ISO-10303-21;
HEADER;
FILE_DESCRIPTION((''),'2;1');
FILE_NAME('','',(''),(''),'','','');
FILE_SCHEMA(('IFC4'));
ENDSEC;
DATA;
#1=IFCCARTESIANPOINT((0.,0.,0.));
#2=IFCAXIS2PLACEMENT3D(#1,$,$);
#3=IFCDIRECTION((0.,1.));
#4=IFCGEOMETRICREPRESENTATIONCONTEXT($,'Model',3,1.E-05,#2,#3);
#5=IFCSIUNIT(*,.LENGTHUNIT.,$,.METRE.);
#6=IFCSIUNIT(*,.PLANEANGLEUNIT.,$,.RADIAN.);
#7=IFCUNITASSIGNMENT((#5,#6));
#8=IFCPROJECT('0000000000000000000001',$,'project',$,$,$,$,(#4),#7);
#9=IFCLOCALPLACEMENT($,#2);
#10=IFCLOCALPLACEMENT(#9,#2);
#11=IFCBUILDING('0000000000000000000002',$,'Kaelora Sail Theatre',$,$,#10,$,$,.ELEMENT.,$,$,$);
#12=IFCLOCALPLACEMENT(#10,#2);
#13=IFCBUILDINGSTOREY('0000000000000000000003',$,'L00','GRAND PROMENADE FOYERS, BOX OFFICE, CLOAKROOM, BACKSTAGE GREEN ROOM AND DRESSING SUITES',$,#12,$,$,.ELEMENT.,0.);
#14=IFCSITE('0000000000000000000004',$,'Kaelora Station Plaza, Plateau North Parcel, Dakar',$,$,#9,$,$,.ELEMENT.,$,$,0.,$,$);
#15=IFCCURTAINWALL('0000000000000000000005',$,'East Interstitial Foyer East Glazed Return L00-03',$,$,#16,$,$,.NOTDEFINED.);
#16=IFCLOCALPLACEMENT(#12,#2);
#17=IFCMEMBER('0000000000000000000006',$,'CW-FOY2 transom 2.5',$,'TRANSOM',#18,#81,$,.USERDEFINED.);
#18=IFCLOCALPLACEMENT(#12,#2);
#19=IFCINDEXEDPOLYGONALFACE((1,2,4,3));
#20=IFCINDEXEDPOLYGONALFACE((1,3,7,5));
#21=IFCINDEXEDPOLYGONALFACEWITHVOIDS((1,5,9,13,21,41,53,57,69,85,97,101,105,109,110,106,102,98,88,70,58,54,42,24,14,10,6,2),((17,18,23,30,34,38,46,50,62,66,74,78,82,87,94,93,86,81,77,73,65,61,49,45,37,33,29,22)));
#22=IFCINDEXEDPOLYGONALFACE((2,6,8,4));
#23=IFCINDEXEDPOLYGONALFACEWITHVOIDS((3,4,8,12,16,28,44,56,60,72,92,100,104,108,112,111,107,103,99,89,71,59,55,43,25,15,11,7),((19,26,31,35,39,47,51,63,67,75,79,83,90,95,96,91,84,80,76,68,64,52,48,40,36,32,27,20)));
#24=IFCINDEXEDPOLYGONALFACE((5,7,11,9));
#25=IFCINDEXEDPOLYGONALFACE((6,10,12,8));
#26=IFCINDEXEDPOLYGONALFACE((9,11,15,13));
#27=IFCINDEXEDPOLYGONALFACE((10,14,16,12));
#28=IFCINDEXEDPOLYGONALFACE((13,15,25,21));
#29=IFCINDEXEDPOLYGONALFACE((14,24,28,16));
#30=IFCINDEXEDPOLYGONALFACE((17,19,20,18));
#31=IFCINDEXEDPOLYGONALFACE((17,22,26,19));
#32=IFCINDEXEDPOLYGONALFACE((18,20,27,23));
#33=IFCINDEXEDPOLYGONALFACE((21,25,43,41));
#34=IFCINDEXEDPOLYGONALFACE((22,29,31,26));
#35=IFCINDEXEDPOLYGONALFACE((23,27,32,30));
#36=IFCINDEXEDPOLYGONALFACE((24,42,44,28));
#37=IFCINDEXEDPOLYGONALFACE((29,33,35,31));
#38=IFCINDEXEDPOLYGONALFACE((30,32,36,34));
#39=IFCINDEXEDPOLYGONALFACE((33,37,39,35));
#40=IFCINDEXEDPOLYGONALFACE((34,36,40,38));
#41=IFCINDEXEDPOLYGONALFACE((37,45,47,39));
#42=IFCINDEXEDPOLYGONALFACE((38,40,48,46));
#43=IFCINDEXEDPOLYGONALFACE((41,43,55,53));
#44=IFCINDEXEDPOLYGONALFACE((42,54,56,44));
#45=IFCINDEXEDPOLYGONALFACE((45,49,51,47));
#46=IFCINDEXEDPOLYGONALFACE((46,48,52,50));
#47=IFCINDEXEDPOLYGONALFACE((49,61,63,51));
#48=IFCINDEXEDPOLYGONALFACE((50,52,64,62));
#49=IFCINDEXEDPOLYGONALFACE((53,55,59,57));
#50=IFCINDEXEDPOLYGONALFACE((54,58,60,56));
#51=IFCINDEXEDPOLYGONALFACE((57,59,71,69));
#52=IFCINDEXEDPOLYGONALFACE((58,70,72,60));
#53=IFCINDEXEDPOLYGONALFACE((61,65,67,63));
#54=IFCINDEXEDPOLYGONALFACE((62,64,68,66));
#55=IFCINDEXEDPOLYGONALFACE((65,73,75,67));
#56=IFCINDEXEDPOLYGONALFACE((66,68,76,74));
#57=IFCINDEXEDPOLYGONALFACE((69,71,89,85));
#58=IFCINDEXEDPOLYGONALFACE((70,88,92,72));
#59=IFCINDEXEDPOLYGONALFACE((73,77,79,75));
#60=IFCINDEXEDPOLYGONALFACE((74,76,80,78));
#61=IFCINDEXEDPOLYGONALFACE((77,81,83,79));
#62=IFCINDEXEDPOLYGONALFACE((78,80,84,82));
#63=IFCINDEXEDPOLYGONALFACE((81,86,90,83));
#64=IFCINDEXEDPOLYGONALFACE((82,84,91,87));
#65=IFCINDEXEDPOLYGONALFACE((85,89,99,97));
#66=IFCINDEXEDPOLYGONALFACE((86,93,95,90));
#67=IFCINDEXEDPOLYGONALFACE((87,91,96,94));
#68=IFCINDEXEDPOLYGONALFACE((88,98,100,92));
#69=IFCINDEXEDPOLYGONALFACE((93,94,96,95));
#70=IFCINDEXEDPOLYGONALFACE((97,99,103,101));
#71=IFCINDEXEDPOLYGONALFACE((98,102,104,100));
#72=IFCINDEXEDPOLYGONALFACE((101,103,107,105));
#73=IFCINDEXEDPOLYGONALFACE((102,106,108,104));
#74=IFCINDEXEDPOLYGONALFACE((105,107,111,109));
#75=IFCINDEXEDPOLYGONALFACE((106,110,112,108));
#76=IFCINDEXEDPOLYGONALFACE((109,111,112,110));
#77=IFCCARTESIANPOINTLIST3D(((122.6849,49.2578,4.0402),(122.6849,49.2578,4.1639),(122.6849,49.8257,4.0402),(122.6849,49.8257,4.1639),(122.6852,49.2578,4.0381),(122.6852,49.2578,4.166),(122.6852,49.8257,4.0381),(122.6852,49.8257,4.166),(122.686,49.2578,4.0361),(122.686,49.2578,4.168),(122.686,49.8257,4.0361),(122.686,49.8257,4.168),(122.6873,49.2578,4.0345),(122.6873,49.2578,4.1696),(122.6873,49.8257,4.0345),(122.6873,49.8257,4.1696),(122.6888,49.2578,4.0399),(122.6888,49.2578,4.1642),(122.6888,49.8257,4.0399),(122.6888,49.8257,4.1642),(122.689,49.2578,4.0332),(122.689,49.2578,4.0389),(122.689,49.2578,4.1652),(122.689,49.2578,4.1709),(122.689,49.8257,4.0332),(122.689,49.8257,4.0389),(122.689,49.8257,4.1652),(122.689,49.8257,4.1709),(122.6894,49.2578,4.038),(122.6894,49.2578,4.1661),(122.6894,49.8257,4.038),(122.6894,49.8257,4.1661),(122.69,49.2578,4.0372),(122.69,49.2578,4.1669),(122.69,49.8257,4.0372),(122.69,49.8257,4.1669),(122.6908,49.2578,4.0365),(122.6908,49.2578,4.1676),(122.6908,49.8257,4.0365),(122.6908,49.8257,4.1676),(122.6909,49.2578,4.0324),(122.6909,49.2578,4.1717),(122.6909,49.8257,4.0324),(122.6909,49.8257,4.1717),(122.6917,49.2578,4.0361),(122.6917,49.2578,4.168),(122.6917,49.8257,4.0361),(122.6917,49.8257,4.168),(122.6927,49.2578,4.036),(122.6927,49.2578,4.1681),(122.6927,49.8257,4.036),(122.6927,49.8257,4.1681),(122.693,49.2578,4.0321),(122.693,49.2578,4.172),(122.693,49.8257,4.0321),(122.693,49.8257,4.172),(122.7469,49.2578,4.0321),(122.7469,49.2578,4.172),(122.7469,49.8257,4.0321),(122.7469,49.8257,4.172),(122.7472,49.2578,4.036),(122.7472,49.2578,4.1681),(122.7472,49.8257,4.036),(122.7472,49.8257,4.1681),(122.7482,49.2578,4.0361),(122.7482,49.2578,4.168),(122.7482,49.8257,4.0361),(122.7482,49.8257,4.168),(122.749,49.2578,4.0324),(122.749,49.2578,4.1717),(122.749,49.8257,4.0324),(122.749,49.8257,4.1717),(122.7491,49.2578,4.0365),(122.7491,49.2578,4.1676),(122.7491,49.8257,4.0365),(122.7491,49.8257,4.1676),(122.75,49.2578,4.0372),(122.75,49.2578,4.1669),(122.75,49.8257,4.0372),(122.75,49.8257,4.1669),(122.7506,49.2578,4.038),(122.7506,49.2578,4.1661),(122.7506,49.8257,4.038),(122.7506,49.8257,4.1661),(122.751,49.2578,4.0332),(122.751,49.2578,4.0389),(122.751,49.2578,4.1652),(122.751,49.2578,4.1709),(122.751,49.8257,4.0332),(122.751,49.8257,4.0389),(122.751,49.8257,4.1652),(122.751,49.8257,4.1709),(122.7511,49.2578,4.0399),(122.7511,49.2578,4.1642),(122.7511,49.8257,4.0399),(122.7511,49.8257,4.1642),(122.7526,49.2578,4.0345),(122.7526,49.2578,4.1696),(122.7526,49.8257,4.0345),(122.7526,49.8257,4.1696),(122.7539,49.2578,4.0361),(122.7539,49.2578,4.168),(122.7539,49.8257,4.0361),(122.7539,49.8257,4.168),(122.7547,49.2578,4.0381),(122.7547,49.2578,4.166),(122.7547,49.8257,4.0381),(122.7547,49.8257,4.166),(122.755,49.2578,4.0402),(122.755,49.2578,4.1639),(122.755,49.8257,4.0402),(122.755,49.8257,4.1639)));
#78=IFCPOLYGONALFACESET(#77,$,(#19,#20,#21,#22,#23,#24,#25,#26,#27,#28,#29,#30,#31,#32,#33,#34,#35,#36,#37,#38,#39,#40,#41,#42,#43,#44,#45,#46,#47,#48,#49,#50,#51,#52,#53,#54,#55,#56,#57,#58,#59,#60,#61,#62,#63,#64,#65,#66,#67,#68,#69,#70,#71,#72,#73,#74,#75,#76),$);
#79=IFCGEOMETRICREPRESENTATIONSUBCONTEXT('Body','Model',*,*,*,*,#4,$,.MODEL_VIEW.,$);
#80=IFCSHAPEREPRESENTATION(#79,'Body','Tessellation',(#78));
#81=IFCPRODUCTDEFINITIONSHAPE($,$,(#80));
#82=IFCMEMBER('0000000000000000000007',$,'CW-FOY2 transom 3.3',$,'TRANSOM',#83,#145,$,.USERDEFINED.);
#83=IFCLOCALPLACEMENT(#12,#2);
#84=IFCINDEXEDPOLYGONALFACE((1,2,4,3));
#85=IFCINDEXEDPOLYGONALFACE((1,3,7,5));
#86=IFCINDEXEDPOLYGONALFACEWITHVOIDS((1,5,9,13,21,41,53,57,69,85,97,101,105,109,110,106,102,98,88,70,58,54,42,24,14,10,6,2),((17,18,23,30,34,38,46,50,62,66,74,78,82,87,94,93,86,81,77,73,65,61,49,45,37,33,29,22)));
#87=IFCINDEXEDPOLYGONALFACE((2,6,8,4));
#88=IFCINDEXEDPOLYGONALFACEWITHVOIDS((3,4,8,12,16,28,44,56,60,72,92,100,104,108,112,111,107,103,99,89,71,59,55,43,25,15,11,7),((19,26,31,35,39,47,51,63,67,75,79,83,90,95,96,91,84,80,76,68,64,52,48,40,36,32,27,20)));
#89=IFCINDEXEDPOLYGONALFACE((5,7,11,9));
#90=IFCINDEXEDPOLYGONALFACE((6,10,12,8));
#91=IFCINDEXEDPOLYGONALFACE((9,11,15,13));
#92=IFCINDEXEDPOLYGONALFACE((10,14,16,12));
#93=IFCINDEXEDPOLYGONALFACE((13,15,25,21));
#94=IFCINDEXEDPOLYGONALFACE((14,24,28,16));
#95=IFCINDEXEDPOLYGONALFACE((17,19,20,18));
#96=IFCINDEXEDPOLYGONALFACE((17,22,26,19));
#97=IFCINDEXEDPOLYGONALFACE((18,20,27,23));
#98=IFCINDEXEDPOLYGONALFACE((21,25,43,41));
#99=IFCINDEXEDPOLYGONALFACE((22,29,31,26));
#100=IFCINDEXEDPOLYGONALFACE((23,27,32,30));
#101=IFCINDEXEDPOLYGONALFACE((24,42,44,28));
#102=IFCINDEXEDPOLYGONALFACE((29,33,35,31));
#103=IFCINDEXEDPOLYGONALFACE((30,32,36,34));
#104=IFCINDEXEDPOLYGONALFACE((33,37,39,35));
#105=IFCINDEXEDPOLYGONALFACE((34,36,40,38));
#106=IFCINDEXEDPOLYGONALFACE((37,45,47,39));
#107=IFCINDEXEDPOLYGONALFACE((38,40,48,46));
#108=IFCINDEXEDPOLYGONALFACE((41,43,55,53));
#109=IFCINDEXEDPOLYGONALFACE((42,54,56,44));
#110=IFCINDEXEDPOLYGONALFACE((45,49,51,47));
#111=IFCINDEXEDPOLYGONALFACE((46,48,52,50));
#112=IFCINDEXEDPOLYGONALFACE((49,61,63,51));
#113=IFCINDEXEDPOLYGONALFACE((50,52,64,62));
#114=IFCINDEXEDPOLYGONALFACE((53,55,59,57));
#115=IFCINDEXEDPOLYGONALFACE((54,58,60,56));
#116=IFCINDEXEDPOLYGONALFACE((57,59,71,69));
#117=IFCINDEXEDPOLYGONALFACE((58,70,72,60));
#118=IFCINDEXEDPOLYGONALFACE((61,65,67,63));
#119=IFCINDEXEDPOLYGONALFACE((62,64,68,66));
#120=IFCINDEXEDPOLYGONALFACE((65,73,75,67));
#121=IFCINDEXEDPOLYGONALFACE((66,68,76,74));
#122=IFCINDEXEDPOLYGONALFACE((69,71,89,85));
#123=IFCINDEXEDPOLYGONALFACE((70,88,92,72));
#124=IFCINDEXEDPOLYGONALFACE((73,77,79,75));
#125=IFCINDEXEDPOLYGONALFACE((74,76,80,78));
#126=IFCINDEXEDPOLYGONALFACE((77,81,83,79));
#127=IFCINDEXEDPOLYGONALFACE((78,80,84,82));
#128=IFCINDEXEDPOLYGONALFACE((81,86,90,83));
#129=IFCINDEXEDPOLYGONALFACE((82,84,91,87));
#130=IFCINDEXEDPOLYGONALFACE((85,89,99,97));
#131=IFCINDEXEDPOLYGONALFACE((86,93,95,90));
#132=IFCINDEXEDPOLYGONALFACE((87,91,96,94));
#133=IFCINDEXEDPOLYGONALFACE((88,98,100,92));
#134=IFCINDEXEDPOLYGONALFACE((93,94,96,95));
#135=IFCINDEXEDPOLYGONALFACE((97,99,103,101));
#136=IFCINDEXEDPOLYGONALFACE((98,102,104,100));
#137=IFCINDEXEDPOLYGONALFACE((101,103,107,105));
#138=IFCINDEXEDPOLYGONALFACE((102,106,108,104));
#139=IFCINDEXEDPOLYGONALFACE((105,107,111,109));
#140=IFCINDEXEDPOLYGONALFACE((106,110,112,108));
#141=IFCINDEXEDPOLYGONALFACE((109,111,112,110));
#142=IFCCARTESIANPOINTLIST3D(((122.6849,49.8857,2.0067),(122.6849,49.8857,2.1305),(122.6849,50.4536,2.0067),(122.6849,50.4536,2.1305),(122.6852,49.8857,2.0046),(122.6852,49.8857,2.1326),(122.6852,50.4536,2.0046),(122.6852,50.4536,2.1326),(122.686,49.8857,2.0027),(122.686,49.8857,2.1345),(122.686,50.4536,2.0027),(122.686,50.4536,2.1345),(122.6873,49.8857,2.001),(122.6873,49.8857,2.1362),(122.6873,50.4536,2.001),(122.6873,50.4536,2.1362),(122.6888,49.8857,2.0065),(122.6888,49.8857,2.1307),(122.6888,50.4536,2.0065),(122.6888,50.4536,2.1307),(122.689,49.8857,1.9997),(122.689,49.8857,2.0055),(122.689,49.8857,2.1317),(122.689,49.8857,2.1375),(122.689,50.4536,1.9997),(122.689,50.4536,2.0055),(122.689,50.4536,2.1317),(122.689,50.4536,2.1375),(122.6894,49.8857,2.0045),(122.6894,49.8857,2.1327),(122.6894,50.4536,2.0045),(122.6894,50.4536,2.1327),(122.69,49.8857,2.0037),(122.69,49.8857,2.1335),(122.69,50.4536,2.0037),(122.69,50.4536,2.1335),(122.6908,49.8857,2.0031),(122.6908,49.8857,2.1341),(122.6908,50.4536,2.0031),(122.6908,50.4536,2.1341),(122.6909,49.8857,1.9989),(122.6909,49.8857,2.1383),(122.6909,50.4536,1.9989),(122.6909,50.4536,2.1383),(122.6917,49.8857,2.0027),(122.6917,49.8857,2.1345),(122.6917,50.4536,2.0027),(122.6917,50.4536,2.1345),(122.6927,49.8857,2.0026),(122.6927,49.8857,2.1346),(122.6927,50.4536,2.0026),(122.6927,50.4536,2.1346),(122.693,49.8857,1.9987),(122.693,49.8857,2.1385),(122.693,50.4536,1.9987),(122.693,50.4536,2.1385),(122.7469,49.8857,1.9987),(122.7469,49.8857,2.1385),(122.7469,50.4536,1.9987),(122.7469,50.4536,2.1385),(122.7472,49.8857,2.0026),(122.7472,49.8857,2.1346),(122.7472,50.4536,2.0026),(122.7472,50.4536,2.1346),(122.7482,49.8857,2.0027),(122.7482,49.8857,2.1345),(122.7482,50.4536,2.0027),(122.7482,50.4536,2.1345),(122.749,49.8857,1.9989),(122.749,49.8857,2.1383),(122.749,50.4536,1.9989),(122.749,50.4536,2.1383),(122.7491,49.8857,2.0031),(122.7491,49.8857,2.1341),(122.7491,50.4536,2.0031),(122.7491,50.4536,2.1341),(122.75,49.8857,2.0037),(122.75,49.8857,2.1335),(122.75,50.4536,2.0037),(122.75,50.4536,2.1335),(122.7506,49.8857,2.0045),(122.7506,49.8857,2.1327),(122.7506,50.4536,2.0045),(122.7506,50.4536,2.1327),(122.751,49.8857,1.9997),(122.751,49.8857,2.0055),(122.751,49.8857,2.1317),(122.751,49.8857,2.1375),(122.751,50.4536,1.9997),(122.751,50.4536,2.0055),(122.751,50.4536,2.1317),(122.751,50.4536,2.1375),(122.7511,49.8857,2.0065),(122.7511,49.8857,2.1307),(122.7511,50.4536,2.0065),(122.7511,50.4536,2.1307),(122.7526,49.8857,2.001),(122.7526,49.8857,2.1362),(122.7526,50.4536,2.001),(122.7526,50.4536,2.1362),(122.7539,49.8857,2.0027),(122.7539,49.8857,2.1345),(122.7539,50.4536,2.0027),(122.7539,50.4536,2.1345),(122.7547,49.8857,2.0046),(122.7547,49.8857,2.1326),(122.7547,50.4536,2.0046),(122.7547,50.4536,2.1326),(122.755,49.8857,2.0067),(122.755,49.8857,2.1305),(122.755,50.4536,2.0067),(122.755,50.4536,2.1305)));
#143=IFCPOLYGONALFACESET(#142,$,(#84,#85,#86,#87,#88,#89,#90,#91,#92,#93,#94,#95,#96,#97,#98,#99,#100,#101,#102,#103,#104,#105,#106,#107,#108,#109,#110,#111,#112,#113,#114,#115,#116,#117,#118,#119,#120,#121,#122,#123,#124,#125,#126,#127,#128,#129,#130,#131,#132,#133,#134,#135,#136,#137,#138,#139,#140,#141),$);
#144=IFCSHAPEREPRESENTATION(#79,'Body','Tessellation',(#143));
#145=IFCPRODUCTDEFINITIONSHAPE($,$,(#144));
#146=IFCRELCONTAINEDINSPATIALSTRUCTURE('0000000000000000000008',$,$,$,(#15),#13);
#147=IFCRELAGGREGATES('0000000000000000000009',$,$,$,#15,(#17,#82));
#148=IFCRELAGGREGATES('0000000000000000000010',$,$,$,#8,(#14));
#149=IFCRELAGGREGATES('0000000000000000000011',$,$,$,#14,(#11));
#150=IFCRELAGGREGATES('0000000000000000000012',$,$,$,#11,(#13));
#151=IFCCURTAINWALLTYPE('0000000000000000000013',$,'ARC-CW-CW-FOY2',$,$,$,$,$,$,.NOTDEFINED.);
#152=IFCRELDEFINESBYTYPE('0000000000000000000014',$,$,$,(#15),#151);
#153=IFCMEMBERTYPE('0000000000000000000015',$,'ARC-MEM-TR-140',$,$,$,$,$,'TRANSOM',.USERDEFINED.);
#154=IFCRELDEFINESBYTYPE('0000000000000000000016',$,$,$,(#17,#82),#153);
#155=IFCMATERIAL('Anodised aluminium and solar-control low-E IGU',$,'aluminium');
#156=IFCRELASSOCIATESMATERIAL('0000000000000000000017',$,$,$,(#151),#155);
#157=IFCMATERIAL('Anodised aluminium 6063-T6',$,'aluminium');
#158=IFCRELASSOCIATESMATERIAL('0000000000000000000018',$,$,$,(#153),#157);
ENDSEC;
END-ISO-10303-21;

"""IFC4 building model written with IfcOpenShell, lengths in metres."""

from ifc_helpers import new_model, si_unit, direction, frame, origin, origin_2d, place, context, subcontext, project, spatial, hollow_rectangle, extrude, material, material_profile, profile_set, type_object, element, aggregate, save


model = new_model("IFC4")

# Units and contexts
model_context = context("Model", 3, precision=1e-05, world=origin(), true_north=direction((0.0, 1.0)))
body_context = subcontext(model_context, "Body", "Model", "MODEL_VIEW")
ifc_project = project(units=[si_unit("LENGTHUNIT", "METRE"), si_unit("PLANEANGLEUNIT", "RADIAN")], contexts=[model_context])

# Site, building, storey
site_placement = place(None, origin())
site = spatial("IfcSite", under=ifc_project, at=site_placement, Name="Kaelora Station Plaza, Plateau North Parcel, Dakar", CompositionType="ELEMENT", RefElevation=0.0)
building_placement = place(site_placement, origin())
building = spatial("IfcBuilding", under=site, at=building_placement, Name="Kaelora Sail Theatre", CompositionType="ELEMENT")
storey_placement = place(building_placement, origin())
storey = spatial("IfcBuildingStorey", under=building, at=storey_placement, Name="L00", Description="GRAND PROMENADE FOYERS, BOX OFFICE, CLOAKROOM, BACKSTAGE GREEN ROOM AND DRESSING SUITES", CompositionType="ELEMENT", Elevation=0.0)

# Curtain wall, members
ifc_material_1 = material(Name="Anodised aluminium and solar-control low-E IGU", Category="aluminium")
curtain_wall_type = type_object("IfcCurtainWallType", Name="ARC-CW-CW-FOY2", PredefinedType="NOTDEFINED", material=ifc_material_1)
curtain_wall_placement = place(storey_placement, origin())
curtain_wall = element("IfcCurtainWall", 1, at=curtain_wall_placement, inside=storey, type_object=curtain_wall_type, Name="East Interstitial Foyer East Glazed Return L00-03", PredefinedType="NOTDEFINED")
ifc_material_2 = material(Name="Anodised aluminium 6063-T6", Category="aluminium")
ifc_material_profile = material_profile(ifc_material_2, hollow_rectangle(XDim=0.0701, YDim=0.1399, WallThickness=0.0039, InnerFilletRadius=0.0039, OuterFilletRadius=0.0081, at=origin_2d()), Name="ALU-TRAN 70x140x4")
ifc_profile_set = profile_set([ifc_material_profile], Name="Anodised aluminium 6063-T6")
member_type = type_object("IfcMemberType", Name="ARC-MEM-TR-140", ElementType="TRANSOM", PredefinedType="USERDEFINED", material=ifc_profile_set)
member_1_placement = place(storey_placement, frame((122.72, 49.2578, 4.1021), z_axis=(0.0, 1.0, 0.0), x_axis=(-1.0, 0.0, 0.0)))
member_1 = element("IfcMember", 2, at=member_1_placement, type_object=member_type, Name="CW-FOY2 transom 2.5", ObjectType="TRANSOM", PredefinedType="USERDEFINED", context=body_context, shape_type="SweptSolid", body=[
    extrude(hollow_rectangle(XDim=0.0701, YDim=0.1399, WallThickness=0.0039, InnerFilletRadius=0.0039, OuterFilletRadius=0.0081, at=origin_2d()), origin(), (0.0, 0.0, 1.0), 0.5679),
])
member_2_placement = place(storey_placement, frame((122.72, 49.8857, 2.0686), z_axis=(0.0, 1.0, 0.0), x_axis=(-1.0, 0.0, 0.0)))
member_2 = element("IfcMember", 3, at=member_2_placement, type_object=member_type, Name="CW-FOY2 transom 3.3", ObjectType="TRANSOM", PredefinedType="USERDEFINED", context=body_context, shape_type="SweptSolid", body=[
    extrude(hollow_rectangle(XDim=0.0701, YDim=0.1399, WallThickness=0.0039, InnerFilletRadius=0.0039, OuterFilletRadius=0.0081, at=origin_2d()), origin(), (0.0, 0.0, 1.0), 0.5679),
])
aggregate(curtain_wall, [member_1, member_2])

save(model, "model.ifc")
